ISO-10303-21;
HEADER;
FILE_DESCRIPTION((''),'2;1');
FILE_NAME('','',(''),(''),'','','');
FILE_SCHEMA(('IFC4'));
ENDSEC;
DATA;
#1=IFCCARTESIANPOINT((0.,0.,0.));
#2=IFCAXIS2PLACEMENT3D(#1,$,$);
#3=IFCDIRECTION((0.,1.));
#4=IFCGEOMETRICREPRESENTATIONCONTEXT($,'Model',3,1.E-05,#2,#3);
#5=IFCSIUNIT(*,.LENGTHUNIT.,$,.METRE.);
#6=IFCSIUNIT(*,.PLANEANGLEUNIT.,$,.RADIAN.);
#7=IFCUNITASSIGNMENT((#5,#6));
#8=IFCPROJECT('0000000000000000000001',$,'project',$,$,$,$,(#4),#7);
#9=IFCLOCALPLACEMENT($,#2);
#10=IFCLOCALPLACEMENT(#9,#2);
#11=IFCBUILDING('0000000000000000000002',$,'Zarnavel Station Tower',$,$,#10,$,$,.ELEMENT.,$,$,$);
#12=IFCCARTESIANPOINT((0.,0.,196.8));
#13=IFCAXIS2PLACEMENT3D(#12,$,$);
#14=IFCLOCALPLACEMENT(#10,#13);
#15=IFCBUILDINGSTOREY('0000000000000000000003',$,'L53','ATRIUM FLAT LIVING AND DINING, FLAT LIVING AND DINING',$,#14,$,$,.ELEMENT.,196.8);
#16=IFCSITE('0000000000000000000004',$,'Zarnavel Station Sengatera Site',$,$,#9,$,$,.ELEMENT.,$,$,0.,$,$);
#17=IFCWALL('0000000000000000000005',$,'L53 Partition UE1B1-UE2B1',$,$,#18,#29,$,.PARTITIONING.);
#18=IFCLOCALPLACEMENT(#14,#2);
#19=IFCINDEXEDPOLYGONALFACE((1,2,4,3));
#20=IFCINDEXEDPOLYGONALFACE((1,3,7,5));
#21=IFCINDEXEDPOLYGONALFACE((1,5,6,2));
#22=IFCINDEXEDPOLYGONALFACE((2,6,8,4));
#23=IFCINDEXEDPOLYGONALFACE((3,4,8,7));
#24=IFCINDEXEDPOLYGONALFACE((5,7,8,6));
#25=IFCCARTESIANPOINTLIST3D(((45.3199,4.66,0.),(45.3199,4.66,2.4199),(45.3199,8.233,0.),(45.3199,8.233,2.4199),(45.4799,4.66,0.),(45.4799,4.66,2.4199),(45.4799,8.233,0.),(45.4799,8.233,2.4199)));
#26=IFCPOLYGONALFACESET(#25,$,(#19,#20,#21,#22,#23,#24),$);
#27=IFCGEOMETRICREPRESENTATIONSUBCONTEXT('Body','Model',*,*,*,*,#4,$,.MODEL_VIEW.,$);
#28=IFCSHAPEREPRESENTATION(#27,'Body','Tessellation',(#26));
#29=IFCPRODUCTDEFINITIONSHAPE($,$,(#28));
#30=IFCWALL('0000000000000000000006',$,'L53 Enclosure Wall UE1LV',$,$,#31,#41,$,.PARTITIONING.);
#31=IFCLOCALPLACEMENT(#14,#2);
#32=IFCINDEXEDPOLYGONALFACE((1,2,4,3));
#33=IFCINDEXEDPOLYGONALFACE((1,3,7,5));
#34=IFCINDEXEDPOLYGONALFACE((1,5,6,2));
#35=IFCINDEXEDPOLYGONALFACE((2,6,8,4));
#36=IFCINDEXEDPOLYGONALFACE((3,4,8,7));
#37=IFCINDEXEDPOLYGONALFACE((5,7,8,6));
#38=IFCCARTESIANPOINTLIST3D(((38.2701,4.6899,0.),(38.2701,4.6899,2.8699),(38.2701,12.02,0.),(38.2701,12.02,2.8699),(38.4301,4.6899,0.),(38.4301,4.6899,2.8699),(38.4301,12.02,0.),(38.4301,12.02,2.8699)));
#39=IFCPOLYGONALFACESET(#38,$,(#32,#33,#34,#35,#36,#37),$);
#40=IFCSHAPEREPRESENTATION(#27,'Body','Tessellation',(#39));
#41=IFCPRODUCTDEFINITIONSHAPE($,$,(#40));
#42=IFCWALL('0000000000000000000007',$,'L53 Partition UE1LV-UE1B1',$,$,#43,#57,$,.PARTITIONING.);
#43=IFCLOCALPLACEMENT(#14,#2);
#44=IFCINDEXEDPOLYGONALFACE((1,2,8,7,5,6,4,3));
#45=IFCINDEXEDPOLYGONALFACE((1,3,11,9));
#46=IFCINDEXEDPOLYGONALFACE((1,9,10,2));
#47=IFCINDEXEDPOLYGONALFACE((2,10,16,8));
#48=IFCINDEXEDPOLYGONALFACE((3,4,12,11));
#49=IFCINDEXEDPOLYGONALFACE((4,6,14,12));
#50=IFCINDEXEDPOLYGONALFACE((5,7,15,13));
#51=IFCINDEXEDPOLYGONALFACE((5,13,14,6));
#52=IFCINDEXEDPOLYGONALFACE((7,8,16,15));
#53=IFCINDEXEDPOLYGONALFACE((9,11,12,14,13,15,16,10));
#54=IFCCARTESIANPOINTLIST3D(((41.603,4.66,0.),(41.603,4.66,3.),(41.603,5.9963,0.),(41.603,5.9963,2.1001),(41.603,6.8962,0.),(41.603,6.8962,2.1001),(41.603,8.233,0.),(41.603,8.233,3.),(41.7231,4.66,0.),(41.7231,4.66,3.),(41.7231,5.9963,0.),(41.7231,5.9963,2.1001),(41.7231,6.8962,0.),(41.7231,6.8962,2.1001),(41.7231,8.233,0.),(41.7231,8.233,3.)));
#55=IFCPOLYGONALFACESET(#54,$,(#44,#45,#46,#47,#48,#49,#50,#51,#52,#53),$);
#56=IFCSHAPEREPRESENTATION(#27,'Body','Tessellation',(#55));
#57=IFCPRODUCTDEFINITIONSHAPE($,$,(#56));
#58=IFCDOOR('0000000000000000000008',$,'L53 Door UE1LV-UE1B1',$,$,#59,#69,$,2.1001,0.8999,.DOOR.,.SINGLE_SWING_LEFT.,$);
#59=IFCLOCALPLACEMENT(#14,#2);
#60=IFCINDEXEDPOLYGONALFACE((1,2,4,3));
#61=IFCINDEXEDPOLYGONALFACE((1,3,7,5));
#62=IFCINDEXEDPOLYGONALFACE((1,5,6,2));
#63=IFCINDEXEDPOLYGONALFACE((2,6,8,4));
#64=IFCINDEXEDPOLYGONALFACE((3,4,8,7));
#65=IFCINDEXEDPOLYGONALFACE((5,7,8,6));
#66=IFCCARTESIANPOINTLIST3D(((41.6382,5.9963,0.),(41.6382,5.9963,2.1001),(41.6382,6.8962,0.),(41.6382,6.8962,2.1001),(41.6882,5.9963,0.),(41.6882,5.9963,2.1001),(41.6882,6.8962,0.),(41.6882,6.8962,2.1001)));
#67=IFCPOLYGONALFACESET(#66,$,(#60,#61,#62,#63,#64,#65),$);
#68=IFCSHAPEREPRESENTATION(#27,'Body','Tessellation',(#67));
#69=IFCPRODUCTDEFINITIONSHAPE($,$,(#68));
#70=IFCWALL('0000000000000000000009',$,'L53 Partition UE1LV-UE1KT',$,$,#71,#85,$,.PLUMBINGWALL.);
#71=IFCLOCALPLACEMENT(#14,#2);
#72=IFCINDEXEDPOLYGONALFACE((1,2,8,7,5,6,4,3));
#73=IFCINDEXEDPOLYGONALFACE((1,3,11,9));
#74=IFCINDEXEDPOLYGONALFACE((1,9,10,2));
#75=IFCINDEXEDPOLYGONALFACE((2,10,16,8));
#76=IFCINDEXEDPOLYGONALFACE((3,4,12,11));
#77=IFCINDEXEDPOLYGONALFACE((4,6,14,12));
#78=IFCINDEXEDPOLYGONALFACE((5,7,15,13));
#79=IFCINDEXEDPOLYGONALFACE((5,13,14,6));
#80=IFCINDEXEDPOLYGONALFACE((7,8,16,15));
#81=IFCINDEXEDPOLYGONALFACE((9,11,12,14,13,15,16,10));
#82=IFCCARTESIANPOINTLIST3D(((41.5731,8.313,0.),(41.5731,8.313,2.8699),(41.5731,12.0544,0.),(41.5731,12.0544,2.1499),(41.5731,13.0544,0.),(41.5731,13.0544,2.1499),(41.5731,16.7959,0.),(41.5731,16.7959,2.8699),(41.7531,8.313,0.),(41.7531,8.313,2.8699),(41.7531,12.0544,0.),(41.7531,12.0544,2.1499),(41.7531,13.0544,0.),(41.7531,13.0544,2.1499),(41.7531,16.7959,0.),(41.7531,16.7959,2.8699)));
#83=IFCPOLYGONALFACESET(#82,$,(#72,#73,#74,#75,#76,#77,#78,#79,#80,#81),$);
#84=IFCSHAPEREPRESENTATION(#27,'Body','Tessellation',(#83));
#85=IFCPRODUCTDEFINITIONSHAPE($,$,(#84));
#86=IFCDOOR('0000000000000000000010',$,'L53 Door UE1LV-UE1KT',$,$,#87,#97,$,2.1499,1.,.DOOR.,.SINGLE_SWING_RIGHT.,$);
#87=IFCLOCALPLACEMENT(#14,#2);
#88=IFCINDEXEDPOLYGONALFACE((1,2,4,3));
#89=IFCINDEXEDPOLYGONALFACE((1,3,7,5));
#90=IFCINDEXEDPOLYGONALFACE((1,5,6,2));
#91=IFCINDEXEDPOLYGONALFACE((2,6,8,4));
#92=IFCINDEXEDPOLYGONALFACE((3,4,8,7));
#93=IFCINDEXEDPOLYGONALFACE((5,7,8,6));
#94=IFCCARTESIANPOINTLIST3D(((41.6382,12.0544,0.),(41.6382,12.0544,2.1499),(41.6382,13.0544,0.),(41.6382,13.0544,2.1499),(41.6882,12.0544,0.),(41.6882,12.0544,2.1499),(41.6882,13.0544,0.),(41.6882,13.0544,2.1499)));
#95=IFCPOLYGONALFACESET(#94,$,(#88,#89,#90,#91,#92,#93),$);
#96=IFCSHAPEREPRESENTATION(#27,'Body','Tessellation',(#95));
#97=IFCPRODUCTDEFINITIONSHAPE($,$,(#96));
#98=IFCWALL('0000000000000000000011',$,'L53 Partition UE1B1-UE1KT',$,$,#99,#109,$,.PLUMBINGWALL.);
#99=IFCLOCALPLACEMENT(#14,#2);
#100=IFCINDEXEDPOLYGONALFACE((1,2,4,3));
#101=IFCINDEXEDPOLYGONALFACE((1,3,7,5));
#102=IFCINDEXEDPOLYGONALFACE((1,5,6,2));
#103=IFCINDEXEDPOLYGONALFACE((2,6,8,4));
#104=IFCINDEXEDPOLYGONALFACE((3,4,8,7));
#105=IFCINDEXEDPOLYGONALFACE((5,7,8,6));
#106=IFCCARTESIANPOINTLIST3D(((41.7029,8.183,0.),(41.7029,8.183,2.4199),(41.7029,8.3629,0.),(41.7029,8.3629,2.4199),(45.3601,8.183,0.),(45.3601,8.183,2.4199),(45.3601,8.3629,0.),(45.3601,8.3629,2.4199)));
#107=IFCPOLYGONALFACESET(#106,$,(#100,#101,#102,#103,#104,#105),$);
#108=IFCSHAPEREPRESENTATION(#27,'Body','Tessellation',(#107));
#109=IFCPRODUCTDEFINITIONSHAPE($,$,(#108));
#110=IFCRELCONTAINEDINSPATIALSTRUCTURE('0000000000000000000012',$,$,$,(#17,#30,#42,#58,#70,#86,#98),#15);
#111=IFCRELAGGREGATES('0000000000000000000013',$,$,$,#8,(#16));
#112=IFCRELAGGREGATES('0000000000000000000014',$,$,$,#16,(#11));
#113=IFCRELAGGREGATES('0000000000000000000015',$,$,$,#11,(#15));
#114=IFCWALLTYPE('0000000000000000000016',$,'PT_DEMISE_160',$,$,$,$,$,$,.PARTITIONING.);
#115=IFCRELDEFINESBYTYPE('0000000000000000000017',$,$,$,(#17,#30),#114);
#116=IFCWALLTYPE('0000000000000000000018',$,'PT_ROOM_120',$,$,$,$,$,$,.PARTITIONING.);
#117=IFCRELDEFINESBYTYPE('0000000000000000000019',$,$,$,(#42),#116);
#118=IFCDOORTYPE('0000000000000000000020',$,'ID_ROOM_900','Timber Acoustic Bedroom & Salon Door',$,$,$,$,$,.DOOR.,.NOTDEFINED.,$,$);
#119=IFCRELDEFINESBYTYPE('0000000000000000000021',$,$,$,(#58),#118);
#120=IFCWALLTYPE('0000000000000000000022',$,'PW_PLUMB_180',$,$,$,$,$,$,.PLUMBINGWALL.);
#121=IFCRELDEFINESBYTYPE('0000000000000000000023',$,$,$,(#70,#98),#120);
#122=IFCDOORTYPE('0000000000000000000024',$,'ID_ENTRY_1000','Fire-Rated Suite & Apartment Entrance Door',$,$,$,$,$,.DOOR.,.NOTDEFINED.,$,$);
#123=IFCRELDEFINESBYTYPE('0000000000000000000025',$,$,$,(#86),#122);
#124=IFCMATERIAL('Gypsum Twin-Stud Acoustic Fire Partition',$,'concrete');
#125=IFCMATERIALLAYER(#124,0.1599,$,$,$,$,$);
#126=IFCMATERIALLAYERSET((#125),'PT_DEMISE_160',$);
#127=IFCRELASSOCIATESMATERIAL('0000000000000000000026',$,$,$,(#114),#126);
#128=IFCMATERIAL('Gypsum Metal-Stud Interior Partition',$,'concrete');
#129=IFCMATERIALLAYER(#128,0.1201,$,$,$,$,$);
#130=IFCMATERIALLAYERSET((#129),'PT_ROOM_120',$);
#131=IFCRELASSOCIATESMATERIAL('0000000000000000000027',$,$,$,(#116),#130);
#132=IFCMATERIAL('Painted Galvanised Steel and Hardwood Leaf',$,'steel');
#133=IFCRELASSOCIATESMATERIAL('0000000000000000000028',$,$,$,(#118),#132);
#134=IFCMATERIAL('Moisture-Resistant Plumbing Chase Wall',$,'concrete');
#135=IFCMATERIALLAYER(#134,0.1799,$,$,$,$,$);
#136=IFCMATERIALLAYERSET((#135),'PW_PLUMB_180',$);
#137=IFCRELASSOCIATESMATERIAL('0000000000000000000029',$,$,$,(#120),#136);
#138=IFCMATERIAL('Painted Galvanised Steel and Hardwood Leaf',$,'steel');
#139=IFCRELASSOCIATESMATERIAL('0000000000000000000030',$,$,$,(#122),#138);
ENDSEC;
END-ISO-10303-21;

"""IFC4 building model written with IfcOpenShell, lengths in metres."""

from ifc_helpers import new_model, si_unit, direction, frame, frame_2d, origin, place, context, subcontext, project, spatial, rectangle, extrude, material, layer, layer_set, type_object, element, fill, save


model = new_model("IFC4")

# Units and contexts
model_context = context("Model", 3, precision=1e-05, world=origin(), true_north=direction((0.0, 1.0)))
body_context = subcontext(model_context, "Body", "Model", "MODEL_VIEW")
ifc_project = project(units=[si_unit("LENGTHUNIT", "METRE"), si_unit("PLANEANGLEUNIT", "RADIAN")], contexts=[model_context])

# Site, building, storey
site_placement = place(None, origin())
site = spatial("IfcSite", under=ifc_project, at=site_placement, Name="Zarnavel Station Sengatera Site", CompositionType="ELEMENT", RefElevation=0.0)
building_placement = place(site_placement, origin())
building = spatial("IfcBuilding", under=site, at=building_placement, Name="Zarnavel Station Tower", CompositionType="ELEMENT")
storey_placement = place(building_placement, frame((0.0, 0.0, 196.8)))
storey = spatial("IfcBuildingStorey", under=building, at=storey_placement, Name="L53", Description="ATRIUM FLAT LIVING AND DINING, FLAT LIVING AND DINING", CompositionType="ELEMENT", Elevation=196.8)

# Walls
ifc_material_1 = material(Name="Gypsum Twin-Stud Acoustic Fire Partition", Category="concrete")
ifc_layer_1 = layer(ifc_material_1, 0.1599)
ifc_layer_set_1 = layer_set([ifc_layer_1], Name="PT_DEMISE_160")
wall_type_1 = type_object("IfcWallType", Name="PT_DEMISE_160", PredefinedType="PARTITIONING", material=ifc_layer_set_1)
wall_1_placement = place(storey_placement, frame((45.3999, 4.6599, 0.0), z_axis=(0.0, 0.0, 1.0), x_axis=(0.0, 1.0, 0.0)))
element("IfcWall", 1, at=wall_1_placement, inside=storey, type_object=wall_type_1, Name="L53 Partition UE1B1-UE2B1", PredefinedType="PARTITIONING", context=body_context, shape_type="SweptSolid", body=[
    extrude(rectangle(XDim=3.573, YDim=0.1599, at=frame_2d((1.7866, 0.0))), origin(), (0.0, 0.0, 1.0), 2.4199),
])
wall_2_placement = place(storey_placement, frame((38.3501, 4.6899, 0.0), z_axis=(0.0, 0.0, 1.0), x_axis=(0.0, 1.0, 0.0)))
element("IfcWall", 2, at=wall_2_placement, inside=storey, type_object=wall_type_1, Name="L53 Enclosure Wall UE1LV", PredefinedType="PARTITIONING", context=body_context, shape_type="SweptSolid", body=[
    extrude(rectangle(XDim=7.3301, YDim=0.1599, at=frame_2d((3.665, 0.0))), origin(), (0.0, 0.0, 1.0), 2.8699),
])

# Walls, openings, doors
ifc_material_2 = material(Name="Gypsum Metal-Stud Interior Partition", Category="concrete")
ifc_layer_2 = layer(ifc_material_2, 0.1201)
ifc_layer_set_2 = layer_set([ifc_layer_2], Name="PT_ROOM_120")
wall_type_2 = type_object("IfcWallType", Name="PT_ROOM_120", PredefinedType="PARTITIONING", material=ifc_layer_set_2)
wall_3_placement = place(storey_placement, frame((41.6631, 4.6599, 0.0), z_axis=(0.0, 0.0, 1.0), x_axis=(0.0, 1.0, 0.0)))
wall_3 = element("IfcWall", 3, at=wall_3_placement, inside=storey, type_object=wall_type_2, Name="L53 Partition UE1LV-UE1B1", PredefinedType="PARTITIONING", context=body_context, shape_type="SweptSolid", body=[
    extrude(rectangle(XDim=3.573, YDim=0.1201, at=frame_2d((1.7866, 0.0))), origin(), (0.0, 0.0, 1.0), 3.0),
])
opening_1_placement = place(wall_3_placement, frame((1.3364, 0.0, 0.0)))
opening_1 = element("IfcOpeningElement", 4, at=opening_1_placement, cuts=wall_3, PredefinedType="OPENING", context=body_context, shape_type="SweptSolid", body=[
    extrude(rectangle(XDim=0.8999, YDim=2.1001, at=frame_2d((0.45, 1.05))), frame((0.0, 0.0701, 0.0), z_axis=(0.0, -1.0, 0.0), x_axis=(1.0, 0.0, 0.0)), (0.0, 0.0, 1.0), 0.1401),
])
ifc_material_3 = material(Name="Painted Galvanised Steel and Hardwood Leaf", Category="steel")
door_type_1 = type_object("IfcDoorType", Name="ID_ROOM_900", Description="Timber Acoustic Bedroom & Salon Door", OperationType="NOTDEFINED", PredefinedType="DOOR", material=ifc_material_3)
door_1_placement = place(opening_1_placement, origin())
door_1 = element("IfcDoor", 5, at=door_1_placement, inside=storey, type_object=door_type_1, Name="L53 Door UE1LV-UE1B1", OperationType="SINGLE_SWING_LEFT", OverallHeight=2.1001, OverallWidth=0.8999, PredefinedType="DOOR", context=body_context, shape_type="SweptSolid", body=[
    extrude(rectangle(XDim=0.8999, YDim=2.1001, at=frame_2d((0.45, 1.05))), frame((0.0, 0.0249, 0.0), z_axis=(0.0, -1.0, 0.0), x_axis=(1.0, 0.0, 0.0)), (0.0, 0.0, 1.0), 0.05),
])
fill(opening_1, door_1)
ifc_material_4 = material(Name="Moisture-Resistant Plumbing Chase Wall", Category="concrete")
ifc_layer_3 = layer(ifc_material_4, 0.1799)
ifc_layer_set_3 = layer_set([ifc_layer_3], Name="PW_PLUMB_180")
wall_type_3 = type_object("IfcWallType", Name="PW_PLUMB_180", PredefinedType="PLUMBINGWALL", material=ifc_layer_set_3)
wall_4_placement = place(storey_placement, frame((41.6631, 8.313, 0.0), z_axis=(0.0, 0.0, 1.0), x_axis=(0.0, 1.0, 0.0)))
wall_4 = element("IfcWall", 6, at=wall_4_placement, inside=storey, type_object=wall_type_3, Name="L53 Partition UE1LV-UE1KT", PredefinedType="PLUMBINGWALL", context=body_context, shape_type="SweptSolid", body=[
    extrude(rectangle(XDim=8.4829, YDim=0.1799, at=frame_2d((4.2415, 0.0))), origin(), (0.0, 0.0, 1.0), 2.8699),
])
opening_2_placement = place(wall_4_placement, frame((3.7415, 0.0, 0.0)))
opening_2 = element("IfcOpeningElement", 7, at=opening_2_placement, cuts=wall_4, PredefinedType="OPENING", context=body_context, shape_type="SweptSolid", body=[
    extrude(rectangle(XDim=1.0, YDim=2.1499, at=frame_2d((0.5, 1.075))), frame((0.0, 0.0999, 0.0), z_axis=(0.0, -1.0, 0.0), x_axis=(1.0, 0.0, 0.0)), (0.0, 0.0, 1.0), 0.2),
])
ifc_material_5 = material(Name="Painted Galvanised Steel and Hardwood Leaf", Category="steel")
door_type_2 = type_object("IfcDoorType", Name="ID_ENTRY_1000", Description="Fire-Rated Suite & Apartment Entrance Door", OperationType="NOTDEFINED", PredefinedType="DOOR", material=ifc_material_5)
door_2_placement = place(opening_2_placement, origin())
door_2 = element("IfcDoor", 8, at=door_2_placement, inside=storey, type_object=door_type_2, Name="L53 Door UE1LV-UE1KT", OperationType="SINGLE_SWING_RIGHT", OverallHeight=2.1499, OverallWidth=1.0, PredefinedType="DOOR", context=body_context, shape_type="SweptSolid", body=[
    extrude(rectangle(XDim=1.0, YDim=2.1499, at=frame_2d((0.5, 1.075))), frame((0.0, 0.0249, 0.0), z_axis=(0.0, -1.0, 0.0), x_axis=(1.0, 0.0, 0.0)), (0.0, 0.0, 1.0), 0.05),
])
fill(opening_2, door_2)

# Wall
wall_5_placement = place(storey_placement, frame((41.7029, 8.2729, 0.0), z_axis=(0.0, 0.0, 1.0), x_axis=(1.0, 0.0, 0.0)))
element("IfcWall", 9, at=wall_5_placement, inside=storey, type_object=wall_type_3, Name="L53 Partition UE1B1-UE1KT", PredefinedType="PLUMBINGWALL", context=body_context, shape_type="SweptSolid", body=[
    extrude(rectangle(XDim=3.6572, YDim=0.1799, at=frame_2d((1.8286, 0.0))), origin(), (0.0, 0.0, 1.0), 2.4199),
])

save(model, "model.ifc")
